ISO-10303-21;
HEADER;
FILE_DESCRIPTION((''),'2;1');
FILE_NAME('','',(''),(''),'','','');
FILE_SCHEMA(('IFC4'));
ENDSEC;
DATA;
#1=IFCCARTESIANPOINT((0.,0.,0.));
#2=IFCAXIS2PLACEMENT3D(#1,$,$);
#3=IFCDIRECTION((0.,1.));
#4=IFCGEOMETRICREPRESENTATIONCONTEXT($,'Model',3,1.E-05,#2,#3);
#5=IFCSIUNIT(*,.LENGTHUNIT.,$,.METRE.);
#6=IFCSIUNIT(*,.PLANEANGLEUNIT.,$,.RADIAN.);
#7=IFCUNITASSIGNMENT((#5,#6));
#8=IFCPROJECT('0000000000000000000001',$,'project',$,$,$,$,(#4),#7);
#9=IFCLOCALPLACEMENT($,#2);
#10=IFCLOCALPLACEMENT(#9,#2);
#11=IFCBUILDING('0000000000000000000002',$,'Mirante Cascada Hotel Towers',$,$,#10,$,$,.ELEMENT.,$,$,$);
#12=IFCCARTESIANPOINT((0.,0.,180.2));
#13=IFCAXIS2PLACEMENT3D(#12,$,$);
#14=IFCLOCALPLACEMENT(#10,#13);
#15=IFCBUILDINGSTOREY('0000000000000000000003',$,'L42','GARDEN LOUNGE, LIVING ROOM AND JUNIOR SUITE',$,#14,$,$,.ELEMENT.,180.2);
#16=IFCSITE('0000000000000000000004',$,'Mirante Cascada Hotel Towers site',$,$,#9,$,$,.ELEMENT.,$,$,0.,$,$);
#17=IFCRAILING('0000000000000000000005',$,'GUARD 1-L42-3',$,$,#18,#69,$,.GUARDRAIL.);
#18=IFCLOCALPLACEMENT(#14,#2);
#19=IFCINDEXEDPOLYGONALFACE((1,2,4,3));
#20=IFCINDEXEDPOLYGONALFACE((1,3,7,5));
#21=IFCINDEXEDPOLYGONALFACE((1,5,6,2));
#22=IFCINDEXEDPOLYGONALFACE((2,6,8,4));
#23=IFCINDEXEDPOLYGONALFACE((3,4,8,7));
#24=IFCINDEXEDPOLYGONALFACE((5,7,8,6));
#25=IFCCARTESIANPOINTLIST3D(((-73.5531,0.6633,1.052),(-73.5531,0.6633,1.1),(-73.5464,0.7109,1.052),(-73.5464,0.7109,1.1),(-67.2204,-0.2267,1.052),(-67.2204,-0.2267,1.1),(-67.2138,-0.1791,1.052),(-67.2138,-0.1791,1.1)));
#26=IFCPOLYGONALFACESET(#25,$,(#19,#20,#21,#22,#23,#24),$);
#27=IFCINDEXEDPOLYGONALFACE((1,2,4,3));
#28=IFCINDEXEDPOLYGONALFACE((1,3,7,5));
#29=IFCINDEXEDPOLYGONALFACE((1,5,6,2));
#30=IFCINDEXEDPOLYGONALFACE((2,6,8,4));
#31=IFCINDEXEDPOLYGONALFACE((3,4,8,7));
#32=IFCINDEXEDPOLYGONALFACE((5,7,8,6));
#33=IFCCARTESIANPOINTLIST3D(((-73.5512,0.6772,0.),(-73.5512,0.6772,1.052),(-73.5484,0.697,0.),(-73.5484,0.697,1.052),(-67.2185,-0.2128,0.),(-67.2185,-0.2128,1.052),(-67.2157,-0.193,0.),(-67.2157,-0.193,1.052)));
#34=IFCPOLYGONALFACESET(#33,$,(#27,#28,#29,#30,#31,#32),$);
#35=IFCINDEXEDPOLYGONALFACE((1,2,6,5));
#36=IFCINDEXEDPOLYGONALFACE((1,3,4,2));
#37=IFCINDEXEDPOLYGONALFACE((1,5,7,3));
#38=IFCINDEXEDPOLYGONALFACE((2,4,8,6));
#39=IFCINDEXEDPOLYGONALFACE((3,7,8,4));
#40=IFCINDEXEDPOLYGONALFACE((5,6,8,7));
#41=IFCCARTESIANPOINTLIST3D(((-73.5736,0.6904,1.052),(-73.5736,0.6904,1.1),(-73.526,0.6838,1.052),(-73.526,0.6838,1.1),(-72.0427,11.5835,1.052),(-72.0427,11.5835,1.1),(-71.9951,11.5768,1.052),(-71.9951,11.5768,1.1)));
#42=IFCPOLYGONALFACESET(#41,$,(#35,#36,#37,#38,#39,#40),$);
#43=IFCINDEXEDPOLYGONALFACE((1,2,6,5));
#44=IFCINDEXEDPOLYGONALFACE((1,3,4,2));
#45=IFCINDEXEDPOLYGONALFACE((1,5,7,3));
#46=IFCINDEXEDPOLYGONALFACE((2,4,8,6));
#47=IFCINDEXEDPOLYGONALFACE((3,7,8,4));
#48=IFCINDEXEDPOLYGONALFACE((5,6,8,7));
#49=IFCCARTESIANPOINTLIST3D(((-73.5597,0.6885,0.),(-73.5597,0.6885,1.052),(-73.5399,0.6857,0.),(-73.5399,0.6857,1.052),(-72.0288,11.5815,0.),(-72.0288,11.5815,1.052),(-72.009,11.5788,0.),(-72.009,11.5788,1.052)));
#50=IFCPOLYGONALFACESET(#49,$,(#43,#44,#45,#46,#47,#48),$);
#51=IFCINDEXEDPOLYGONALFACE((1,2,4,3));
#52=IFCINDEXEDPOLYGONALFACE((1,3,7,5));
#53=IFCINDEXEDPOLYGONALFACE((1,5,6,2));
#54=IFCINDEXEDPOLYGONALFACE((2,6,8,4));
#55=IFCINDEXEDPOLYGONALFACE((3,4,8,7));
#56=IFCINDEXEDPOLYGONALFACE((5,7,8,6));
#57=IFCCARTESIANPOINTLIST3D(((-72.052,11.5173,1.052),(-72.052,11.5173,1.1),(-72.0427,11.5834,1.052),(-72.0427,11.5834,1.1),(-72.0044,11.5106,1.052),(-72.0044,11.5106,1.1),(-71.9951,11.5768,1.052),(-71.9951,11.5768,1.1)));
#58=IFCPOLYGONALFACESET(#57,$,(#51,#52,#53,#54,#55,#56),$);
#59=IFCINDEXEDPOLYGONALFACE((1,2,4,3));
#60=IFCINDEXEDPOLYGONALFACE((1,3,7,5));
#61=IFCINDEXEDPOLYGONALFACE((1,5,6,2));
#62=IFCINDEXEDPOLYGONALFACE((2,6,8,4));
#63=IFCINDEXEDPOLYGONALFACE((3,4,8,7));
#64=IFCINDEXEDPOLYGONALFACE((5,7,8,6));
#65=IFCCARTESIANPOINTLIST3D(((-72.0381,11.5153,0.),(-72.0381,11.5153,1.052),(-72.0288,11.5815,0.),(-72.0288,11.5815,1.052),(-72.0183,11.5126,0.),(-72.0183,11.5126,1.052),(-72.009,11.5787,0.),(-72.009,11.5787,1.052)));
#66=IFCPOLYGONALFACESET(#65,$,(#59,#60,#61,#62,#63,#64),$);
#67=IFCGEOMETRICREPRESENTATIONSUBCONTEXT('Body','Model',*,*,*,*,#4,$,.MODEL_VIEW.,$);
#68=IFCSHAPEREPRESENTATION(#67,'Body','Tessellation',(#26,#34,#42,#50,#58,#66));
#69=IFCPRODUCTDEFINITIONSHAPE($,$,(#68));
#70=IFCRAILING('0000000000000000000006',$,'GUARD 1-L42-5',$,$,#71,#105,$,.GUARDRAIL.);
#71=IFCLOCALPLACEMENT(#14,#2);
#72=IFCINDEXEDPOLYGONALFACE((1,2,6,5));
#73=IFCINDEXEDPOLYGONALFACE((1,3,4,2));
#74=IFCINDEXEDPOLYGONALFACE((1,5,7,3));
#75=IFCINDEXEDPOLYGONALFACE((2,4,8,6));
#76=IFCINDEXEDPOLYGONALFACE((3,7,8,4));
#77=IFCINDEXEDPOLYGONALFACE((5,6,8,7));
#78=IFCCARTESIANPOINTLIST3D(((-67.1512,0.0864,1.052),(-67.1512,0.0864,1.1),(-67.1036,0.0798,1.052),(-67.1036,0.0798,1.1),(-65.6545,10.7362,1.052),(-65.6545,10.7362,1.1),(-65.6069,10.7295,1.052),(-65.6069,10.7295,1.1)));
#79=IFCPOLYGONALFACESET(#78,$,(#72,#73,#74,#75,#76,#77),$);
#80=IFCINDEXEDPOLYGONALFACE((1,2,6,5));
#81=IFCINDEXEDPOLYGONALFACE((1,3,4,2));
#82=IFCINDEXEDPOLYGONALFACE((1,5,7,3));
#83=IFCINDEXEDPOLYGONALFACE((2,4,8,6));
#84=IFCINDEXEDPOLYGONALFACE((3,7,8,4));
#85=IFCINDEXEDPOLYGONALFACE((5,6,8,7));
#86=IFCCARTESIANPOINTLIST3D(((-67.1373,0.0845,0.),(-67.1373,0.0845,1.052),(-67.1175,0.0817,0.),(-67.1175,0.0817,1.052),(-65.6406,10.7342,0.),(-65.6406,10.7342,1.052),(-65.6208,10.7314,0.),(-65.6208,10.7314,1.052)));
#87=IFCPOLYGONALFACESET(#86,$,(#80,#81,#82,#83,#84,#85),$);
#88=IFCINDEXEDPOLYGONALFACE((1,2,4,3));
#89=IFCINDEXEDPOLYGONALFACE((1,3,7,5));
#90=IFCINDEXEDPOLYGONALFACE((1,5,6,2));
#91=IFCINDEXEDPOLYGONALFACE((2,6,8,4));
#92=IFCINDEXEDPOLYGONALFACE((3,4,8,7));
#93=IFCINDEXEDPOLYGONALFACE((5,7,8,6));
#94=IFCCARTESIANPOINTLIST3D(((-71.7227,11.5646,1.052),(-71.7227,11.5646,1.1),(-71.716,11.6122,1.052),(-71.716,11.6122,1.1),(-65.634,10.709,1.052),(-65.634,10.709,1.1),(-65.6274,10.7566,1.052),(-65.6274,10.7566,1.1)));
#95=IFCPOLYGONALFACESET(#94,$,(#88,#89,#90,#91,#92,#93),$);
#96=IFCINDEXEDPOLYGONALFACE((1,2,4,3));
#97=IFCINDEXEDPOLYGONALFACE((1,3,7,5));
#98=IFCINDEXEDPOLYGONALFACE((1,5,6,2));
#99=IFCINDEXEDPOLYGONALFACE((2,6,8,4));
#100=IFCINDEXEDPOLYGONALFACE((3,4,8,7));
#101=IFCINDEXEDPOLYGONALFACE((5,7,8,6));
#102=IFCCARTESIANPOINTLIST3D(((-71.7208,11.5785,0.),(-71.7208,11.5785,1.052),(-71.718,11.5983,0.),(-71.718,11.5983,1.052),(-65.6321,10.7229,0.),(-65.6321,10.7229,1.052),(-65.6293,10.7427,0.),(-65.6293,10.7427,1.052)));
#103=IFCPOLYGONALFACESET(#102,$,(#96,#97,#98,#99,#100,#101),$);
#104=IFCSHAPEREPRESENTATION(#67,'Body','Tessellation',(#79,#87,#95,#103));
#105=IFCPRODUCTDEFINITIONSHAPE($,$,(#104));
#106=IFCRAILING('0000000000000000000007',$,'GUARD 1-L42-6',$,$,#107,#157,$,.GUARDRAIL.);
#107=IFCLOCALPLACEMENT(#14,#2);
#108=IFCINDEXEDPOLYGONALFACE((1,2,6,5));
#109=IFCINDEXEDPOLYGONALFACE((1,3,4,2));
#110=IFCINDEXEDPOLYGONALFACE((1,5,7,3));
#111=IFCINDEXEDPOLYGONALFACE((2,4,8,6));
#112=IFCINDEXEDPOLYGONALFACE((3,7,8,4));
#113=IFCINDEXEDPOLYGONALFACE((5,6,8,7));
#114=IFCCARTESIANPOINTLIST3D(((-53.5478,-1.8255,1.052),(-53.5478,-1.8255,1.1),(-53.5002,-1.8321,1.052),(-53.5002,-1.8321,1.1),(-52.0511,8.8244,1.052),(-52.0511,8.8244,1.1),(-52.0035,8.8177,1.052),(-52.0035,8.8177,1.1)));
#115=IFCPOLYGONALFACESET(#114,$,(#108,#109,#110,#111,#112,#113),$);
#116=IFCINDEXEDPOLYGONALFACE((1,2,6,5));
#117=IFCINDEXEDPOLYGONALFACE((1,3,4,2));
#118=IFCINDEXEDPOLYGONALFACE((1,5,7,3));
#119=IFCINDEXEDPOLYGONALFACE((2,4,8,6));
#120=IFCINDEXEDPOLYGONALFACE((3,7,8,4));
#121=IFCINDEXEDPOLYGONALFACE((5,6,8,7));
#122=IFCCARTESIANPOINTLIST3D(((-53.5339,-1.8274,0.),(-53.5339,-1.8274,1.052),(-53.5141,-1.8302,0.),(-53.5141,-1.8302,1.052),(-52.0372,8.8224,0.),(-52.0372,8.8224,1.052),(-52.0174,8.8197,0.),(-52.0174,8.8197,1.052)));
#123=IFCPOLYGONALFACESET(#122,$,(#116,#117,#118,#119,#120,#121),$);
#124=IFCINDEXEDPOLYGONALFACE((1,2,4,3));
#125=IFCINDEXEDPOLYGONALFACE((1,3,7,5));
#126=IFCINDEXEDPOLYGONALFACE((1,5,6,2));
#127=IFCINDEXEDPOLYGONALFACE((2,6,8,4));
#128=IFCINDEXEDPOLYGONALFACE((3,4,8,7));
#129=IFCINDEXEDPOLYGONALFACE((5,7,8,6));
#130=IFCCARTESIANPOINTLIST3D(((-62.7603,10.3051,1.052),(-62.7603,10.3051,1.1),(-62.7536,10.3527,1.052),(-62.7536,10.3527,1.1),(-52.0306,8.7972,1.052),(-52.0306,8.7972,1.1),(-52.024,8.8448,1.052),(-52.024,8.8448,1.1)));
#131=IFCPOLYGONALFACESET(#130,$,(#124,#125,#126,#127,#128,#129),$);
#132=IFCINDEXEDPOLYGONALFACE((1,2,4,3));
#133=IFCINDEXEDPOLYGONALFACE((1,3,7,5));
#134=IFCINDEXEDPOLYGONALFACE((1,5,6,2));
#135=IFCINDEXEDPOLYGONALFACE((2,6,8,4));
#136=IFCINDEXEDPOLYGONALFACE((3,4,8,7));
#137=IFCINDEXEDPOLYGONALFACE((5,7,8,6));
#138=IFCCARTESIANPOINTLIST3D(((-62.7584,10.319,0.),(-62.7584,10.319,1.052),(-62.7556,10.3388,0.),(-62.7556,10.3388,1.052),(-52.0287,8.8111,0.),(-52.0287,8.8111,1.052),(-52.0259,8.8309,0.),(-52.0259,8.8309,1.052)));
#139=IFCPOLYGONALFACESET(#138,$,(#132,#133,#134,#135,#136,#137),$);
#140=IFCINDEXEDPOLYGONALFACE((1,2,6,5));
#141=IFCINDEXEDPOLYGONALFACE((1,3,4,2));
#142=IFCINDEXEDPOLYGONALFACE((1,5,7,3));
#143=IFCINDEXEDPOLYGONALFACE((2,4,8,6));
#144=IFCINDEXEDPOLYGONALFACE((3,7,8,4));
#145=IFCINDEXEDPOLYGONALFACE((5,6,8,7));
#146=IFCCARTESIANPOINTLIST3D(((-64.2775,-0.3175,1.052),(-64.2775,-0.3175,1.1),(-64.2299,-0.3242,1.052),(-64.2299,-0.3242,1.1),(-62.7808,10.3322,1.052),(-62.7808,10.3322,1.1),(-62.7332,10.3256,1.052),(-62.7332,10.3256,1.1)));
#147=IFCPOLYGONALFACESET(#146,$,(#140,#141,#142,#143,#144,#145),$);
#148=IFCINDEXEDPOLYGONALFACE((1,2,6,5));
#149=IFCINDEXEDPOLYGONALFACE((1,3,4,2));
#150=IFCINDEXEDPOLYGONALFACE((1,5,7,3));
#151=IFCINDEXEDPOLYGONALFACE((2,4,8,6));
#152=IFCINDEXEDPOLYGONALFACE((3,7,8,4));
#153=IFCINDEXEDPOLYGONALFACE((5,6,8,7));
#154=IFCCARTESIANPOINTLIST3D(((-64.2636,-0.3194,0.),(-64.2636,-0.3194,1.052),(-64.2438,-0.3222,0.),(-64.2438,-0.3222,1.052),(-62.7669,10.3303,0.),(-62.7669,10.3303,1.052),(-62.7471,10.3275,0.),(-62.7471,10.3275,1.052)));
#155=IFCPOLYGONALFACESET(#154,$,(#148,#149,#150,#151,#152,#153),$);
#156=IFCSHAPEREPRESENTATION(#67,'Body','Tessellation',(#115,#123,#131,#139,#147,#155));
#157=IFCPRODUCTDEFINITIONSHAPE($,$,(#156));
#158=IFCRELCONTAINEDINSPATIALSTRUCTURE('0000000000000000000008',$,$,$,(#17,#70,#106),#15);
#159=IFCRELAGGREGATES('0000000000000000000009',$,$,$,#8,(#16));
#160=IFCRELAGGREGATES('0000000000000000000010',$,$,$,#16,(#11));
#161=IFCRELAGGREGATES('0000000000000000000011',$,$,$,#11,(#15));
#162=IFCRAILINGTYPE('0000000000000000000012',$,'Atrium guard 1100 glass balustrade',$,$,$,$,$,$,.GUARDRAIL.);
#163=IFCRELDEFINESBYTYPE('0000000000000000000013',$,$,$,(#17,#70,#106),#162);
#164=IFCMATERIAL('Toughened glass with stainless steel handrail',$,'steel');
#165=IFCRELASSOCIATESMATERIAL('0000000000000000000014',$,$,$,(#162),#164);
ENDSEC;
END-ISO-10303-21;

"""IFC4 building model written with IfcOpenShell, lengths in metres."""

from ifc_helpers import new_model, si_unit, direction, frame, origin, origin_2d, place, context, subcontext, project, spatial, rectangle, extrude, material, type_object, element, save


model = new_model("IFC4")

# Units and contexts
model_context = context("Model", 3, precision=1e-05, world=origin(), true_north=direction((0.0, 1.0)))
body_context = subcontext(model_context, "Body", "Model", "MODEL_VIEW")
ifc_project = project(units=[si_unit("LENGTHUNIT", "METRE"), si_unit("PLANEANGLEUNIT", "RADIAN")], contexts=[model_context])

# Site, building, storey
site_placement = place(None, origin())
site = spatial("IfcSite", under=ifc_project, at=site_placement, Name="Mirante Cascada Hotel Towers site", CompositionType="ELEMENT", RefElevation=0.0)
building_placement = place(site_placement, origin())
building = spatial("IfcBuilding", under=site, at=building_placement, Name="Mirante Cascada Hotel Towers", CompositionType="ELEMENT")
storey_placement = place(building_placement, frame((0.0, 0.0, 180.2)))
storey = spatial("IfcBuildingStorey", under=building, at=storey_placement, Name="L42", Description="GARDEN LOUNGE, LIVING ROOM AND JUNIOR SUITE", CompositionType="ELEMENT", Elevation=180.2)

# Railings
ifc_material_1 = material(Name="Toughened glass with stainless steel handrail", Category="steel")
railing_type_1 = type_object("IfcRailingType", Name="Atrium guard 1100 glass balustrade", PredefinedType="GUARDRAIL", material=ifc_material_1)
railing_1_placement = place(storey_placement, frame((-67.2171, -0.2029, 0.0)))
element("IfcRailing", 1, at=railing_1_placement, inside=storey, type_object=railing_type_1, Name="GUARD 1-L42-3", PredefinedType="GUARDRAIL", context=body_context, shape_type="SweptSolid", body=[
    extrude(rectangle(XDim=0.048, YDim=0.048, at=origin_2d()), frame((0.0, 0.0, 1.076), z_axis=(-0.990268, 0.139173, 0.0), x_axis=(-0.139173, -0.990268, 0.0)), (0.0, 0.0, 1.0), 6.3949),
    extrude(rectangle(XDim=0.02, YDim=1.052, at=origin_2d()), frame((0.0, 0.0, 0.526), z_axis=(-0.990268, 0.139173, 0.0), x_axis=(-0.139173, -0.990268, 0.0)), (0.0, 0.0, 1.0), 6.3949),
    extrude(rectangle(XDim=0.048, YDim=0.048, at=origin_2d()), frame((-6.3327, 0.89, 1.076), z_axis=(0.139172, 0.990268, 0.0), x_axis=(-0.990268, 0.139172, 0.0)), (0.0, 0.0, 1.0), 11.0001),
    extrude(rectangle(XDim=0.02, YDim=1.052, at=origin_2d()), frame((-6.3327, 0.89, 0.526), z_axis=(0.139172, 0.990268, 0.0), x_axis=(-0.990268, 0.139172, 0.0)), (0.0, 0.0, 1.0), 11.0001),
    extrude(rectangle(XDim=0.048, YDim=0.048, at=origin_2d()), frame((-4.8018, 11.783, 1.076), z_axis=(-0.139324, -0.990247, 0.0), x_axis=(0.990247, -0.139324, 0.0)), (0.0, 0.0, 1.0), 0.0668),
    extrude(rectangle(XDim=0.02, YDim=1.052, at=origin_2d()), frame((-4.8018, 11.783, 0.526), z_axis=(-0.139324, -0.990247, 0.0), x_axis=(0.990247, -0.139324, 0.0)), (0.0, 0.0, 1.0), 0.0668),
])
railing_2_placement = place(storey_placement, frame((-67.1274, 0.0831, 0.0)))
element("IfcRailing", 2, at=railing_2_placement, inside=storey, type_object=railing_type_1, Name="GUARD 1-L42-5", PredefinedType="GUARDRAIL", context=body_context, shape_type="SweptSolid", body=[
    extrude(rectangle(XDim=0.048, YDim=0.048, at=origin_2d()), frame((0.0, 0.0, 1.076), z_axis=(0.139172, 0.990268, 0.0), x_axis=(-0.990268, 0.139172, 0.0)), (0.0, 0.0, 1.0), 10.7544),
    extrude(rectangle(XDim=0.02, YDim=1.052, at=origin_2d()), frame((0.0, 0.0, 0.526), z_axis=(0.139172, 0.990268, 0.0), x_axis=(-0.990268, 0.139172, 0.0)), (0.0, 0.0, 1.0), 10.7544),
    extrude(rectangle(XDim=0.048, YDim=0.048, at=origin_2d()), frame((1.4967, 10.6497, 1.076), z_axis=(-0.990271, 0.139155, 0.0), x_axis=(-0.139155, -0.990271, 0.0)), (0.0, 0.0, 1.0), 6.1485),
    extrude(rectangle(XDim=0.02, YDim=1.052, at=origin_2d()), frame((1.4967, 10.6497, 0.526), z_axis=(-0.990271, 0.139155, 0.0), x_axis=(-0.139155, -0.990271, 0.0)), (0.0, 0.0, 1.0), 6.1485),
])
railing_3_placement = place(storey_placement, frame((-53.524, -1.8288, 0.0)))
element("IfcRailing", 3, at=railing_3_placement, inside=storey, type_object=railing_type_1, Name="GUARD 1-L42-6", PredefinedType="GUARDRAIL", context=body_context, shape_type="SweptSolid", body=[
    extrude(rectangle(XDim=0.048, YDim=0.048, at=origin_2d()), frame((0.0, 0.0, 1.076), z_axis=(0.13917, 0.990268, 0.0), x_axis=(-0.990268, 0.13917, 0.0)), (0.0, 0.0, 1.0), 10.7545),
    extrude(rectangle(XDim=0.02, YDim=1.052, at=origin_2d()), frame((0.0, 0.0, 0.526), z_axis=(0.13917, 0.990268, 0.0), x_axis=(-0.990268, 0.13917, 0.0)), (0.0, 0.0, 1.0), 10.7545),
    extrude(rectangle(XDim=0.048, YDim=0.048, at=origin_2d()), frame((1.4967, 10.6498, 1.076), z_axis=(-0.990269, 0.139168, 0.0), x_axis=(-0.139168, -0.990269, 0.0)), (0.0, 0.0, 1.0), 10.8351),
    extrude(rectangle(XDim=0.02, YDim=1.052, at=origin_2d()), frame((1.4967, 10.6498, 0.526), z_axis=(-0.990269, 0.139168, 0.0), x_axis=(-0.139168, -0.990269, 0.0)), (0.0, 0.0, 1.0), 10.8351),
    extrude(rectangle(XDim=0.048, YDim=0.048, at=origin_2d()), frame((-9.233, 12.1577, 1.076), z_axis=(-0.139172, -0.990268, 0.0), x_axis=(0.990268, -0.139172, 0.0)), (0.0, 0.0, 1.0), 10.7544),
    extrude(rectangle(XDim=0.02, YDim=1.052, at=origin_2d()), frame((-9.233, 12.1577, 0.526), z_axis=(-0.139172, -0.990268, 0.0), x_axis=(0.990268, -0.139172, 0.0)), (0.0, 0.0, 1.0), 10.7544),
])

save(model, "model.ifc")
